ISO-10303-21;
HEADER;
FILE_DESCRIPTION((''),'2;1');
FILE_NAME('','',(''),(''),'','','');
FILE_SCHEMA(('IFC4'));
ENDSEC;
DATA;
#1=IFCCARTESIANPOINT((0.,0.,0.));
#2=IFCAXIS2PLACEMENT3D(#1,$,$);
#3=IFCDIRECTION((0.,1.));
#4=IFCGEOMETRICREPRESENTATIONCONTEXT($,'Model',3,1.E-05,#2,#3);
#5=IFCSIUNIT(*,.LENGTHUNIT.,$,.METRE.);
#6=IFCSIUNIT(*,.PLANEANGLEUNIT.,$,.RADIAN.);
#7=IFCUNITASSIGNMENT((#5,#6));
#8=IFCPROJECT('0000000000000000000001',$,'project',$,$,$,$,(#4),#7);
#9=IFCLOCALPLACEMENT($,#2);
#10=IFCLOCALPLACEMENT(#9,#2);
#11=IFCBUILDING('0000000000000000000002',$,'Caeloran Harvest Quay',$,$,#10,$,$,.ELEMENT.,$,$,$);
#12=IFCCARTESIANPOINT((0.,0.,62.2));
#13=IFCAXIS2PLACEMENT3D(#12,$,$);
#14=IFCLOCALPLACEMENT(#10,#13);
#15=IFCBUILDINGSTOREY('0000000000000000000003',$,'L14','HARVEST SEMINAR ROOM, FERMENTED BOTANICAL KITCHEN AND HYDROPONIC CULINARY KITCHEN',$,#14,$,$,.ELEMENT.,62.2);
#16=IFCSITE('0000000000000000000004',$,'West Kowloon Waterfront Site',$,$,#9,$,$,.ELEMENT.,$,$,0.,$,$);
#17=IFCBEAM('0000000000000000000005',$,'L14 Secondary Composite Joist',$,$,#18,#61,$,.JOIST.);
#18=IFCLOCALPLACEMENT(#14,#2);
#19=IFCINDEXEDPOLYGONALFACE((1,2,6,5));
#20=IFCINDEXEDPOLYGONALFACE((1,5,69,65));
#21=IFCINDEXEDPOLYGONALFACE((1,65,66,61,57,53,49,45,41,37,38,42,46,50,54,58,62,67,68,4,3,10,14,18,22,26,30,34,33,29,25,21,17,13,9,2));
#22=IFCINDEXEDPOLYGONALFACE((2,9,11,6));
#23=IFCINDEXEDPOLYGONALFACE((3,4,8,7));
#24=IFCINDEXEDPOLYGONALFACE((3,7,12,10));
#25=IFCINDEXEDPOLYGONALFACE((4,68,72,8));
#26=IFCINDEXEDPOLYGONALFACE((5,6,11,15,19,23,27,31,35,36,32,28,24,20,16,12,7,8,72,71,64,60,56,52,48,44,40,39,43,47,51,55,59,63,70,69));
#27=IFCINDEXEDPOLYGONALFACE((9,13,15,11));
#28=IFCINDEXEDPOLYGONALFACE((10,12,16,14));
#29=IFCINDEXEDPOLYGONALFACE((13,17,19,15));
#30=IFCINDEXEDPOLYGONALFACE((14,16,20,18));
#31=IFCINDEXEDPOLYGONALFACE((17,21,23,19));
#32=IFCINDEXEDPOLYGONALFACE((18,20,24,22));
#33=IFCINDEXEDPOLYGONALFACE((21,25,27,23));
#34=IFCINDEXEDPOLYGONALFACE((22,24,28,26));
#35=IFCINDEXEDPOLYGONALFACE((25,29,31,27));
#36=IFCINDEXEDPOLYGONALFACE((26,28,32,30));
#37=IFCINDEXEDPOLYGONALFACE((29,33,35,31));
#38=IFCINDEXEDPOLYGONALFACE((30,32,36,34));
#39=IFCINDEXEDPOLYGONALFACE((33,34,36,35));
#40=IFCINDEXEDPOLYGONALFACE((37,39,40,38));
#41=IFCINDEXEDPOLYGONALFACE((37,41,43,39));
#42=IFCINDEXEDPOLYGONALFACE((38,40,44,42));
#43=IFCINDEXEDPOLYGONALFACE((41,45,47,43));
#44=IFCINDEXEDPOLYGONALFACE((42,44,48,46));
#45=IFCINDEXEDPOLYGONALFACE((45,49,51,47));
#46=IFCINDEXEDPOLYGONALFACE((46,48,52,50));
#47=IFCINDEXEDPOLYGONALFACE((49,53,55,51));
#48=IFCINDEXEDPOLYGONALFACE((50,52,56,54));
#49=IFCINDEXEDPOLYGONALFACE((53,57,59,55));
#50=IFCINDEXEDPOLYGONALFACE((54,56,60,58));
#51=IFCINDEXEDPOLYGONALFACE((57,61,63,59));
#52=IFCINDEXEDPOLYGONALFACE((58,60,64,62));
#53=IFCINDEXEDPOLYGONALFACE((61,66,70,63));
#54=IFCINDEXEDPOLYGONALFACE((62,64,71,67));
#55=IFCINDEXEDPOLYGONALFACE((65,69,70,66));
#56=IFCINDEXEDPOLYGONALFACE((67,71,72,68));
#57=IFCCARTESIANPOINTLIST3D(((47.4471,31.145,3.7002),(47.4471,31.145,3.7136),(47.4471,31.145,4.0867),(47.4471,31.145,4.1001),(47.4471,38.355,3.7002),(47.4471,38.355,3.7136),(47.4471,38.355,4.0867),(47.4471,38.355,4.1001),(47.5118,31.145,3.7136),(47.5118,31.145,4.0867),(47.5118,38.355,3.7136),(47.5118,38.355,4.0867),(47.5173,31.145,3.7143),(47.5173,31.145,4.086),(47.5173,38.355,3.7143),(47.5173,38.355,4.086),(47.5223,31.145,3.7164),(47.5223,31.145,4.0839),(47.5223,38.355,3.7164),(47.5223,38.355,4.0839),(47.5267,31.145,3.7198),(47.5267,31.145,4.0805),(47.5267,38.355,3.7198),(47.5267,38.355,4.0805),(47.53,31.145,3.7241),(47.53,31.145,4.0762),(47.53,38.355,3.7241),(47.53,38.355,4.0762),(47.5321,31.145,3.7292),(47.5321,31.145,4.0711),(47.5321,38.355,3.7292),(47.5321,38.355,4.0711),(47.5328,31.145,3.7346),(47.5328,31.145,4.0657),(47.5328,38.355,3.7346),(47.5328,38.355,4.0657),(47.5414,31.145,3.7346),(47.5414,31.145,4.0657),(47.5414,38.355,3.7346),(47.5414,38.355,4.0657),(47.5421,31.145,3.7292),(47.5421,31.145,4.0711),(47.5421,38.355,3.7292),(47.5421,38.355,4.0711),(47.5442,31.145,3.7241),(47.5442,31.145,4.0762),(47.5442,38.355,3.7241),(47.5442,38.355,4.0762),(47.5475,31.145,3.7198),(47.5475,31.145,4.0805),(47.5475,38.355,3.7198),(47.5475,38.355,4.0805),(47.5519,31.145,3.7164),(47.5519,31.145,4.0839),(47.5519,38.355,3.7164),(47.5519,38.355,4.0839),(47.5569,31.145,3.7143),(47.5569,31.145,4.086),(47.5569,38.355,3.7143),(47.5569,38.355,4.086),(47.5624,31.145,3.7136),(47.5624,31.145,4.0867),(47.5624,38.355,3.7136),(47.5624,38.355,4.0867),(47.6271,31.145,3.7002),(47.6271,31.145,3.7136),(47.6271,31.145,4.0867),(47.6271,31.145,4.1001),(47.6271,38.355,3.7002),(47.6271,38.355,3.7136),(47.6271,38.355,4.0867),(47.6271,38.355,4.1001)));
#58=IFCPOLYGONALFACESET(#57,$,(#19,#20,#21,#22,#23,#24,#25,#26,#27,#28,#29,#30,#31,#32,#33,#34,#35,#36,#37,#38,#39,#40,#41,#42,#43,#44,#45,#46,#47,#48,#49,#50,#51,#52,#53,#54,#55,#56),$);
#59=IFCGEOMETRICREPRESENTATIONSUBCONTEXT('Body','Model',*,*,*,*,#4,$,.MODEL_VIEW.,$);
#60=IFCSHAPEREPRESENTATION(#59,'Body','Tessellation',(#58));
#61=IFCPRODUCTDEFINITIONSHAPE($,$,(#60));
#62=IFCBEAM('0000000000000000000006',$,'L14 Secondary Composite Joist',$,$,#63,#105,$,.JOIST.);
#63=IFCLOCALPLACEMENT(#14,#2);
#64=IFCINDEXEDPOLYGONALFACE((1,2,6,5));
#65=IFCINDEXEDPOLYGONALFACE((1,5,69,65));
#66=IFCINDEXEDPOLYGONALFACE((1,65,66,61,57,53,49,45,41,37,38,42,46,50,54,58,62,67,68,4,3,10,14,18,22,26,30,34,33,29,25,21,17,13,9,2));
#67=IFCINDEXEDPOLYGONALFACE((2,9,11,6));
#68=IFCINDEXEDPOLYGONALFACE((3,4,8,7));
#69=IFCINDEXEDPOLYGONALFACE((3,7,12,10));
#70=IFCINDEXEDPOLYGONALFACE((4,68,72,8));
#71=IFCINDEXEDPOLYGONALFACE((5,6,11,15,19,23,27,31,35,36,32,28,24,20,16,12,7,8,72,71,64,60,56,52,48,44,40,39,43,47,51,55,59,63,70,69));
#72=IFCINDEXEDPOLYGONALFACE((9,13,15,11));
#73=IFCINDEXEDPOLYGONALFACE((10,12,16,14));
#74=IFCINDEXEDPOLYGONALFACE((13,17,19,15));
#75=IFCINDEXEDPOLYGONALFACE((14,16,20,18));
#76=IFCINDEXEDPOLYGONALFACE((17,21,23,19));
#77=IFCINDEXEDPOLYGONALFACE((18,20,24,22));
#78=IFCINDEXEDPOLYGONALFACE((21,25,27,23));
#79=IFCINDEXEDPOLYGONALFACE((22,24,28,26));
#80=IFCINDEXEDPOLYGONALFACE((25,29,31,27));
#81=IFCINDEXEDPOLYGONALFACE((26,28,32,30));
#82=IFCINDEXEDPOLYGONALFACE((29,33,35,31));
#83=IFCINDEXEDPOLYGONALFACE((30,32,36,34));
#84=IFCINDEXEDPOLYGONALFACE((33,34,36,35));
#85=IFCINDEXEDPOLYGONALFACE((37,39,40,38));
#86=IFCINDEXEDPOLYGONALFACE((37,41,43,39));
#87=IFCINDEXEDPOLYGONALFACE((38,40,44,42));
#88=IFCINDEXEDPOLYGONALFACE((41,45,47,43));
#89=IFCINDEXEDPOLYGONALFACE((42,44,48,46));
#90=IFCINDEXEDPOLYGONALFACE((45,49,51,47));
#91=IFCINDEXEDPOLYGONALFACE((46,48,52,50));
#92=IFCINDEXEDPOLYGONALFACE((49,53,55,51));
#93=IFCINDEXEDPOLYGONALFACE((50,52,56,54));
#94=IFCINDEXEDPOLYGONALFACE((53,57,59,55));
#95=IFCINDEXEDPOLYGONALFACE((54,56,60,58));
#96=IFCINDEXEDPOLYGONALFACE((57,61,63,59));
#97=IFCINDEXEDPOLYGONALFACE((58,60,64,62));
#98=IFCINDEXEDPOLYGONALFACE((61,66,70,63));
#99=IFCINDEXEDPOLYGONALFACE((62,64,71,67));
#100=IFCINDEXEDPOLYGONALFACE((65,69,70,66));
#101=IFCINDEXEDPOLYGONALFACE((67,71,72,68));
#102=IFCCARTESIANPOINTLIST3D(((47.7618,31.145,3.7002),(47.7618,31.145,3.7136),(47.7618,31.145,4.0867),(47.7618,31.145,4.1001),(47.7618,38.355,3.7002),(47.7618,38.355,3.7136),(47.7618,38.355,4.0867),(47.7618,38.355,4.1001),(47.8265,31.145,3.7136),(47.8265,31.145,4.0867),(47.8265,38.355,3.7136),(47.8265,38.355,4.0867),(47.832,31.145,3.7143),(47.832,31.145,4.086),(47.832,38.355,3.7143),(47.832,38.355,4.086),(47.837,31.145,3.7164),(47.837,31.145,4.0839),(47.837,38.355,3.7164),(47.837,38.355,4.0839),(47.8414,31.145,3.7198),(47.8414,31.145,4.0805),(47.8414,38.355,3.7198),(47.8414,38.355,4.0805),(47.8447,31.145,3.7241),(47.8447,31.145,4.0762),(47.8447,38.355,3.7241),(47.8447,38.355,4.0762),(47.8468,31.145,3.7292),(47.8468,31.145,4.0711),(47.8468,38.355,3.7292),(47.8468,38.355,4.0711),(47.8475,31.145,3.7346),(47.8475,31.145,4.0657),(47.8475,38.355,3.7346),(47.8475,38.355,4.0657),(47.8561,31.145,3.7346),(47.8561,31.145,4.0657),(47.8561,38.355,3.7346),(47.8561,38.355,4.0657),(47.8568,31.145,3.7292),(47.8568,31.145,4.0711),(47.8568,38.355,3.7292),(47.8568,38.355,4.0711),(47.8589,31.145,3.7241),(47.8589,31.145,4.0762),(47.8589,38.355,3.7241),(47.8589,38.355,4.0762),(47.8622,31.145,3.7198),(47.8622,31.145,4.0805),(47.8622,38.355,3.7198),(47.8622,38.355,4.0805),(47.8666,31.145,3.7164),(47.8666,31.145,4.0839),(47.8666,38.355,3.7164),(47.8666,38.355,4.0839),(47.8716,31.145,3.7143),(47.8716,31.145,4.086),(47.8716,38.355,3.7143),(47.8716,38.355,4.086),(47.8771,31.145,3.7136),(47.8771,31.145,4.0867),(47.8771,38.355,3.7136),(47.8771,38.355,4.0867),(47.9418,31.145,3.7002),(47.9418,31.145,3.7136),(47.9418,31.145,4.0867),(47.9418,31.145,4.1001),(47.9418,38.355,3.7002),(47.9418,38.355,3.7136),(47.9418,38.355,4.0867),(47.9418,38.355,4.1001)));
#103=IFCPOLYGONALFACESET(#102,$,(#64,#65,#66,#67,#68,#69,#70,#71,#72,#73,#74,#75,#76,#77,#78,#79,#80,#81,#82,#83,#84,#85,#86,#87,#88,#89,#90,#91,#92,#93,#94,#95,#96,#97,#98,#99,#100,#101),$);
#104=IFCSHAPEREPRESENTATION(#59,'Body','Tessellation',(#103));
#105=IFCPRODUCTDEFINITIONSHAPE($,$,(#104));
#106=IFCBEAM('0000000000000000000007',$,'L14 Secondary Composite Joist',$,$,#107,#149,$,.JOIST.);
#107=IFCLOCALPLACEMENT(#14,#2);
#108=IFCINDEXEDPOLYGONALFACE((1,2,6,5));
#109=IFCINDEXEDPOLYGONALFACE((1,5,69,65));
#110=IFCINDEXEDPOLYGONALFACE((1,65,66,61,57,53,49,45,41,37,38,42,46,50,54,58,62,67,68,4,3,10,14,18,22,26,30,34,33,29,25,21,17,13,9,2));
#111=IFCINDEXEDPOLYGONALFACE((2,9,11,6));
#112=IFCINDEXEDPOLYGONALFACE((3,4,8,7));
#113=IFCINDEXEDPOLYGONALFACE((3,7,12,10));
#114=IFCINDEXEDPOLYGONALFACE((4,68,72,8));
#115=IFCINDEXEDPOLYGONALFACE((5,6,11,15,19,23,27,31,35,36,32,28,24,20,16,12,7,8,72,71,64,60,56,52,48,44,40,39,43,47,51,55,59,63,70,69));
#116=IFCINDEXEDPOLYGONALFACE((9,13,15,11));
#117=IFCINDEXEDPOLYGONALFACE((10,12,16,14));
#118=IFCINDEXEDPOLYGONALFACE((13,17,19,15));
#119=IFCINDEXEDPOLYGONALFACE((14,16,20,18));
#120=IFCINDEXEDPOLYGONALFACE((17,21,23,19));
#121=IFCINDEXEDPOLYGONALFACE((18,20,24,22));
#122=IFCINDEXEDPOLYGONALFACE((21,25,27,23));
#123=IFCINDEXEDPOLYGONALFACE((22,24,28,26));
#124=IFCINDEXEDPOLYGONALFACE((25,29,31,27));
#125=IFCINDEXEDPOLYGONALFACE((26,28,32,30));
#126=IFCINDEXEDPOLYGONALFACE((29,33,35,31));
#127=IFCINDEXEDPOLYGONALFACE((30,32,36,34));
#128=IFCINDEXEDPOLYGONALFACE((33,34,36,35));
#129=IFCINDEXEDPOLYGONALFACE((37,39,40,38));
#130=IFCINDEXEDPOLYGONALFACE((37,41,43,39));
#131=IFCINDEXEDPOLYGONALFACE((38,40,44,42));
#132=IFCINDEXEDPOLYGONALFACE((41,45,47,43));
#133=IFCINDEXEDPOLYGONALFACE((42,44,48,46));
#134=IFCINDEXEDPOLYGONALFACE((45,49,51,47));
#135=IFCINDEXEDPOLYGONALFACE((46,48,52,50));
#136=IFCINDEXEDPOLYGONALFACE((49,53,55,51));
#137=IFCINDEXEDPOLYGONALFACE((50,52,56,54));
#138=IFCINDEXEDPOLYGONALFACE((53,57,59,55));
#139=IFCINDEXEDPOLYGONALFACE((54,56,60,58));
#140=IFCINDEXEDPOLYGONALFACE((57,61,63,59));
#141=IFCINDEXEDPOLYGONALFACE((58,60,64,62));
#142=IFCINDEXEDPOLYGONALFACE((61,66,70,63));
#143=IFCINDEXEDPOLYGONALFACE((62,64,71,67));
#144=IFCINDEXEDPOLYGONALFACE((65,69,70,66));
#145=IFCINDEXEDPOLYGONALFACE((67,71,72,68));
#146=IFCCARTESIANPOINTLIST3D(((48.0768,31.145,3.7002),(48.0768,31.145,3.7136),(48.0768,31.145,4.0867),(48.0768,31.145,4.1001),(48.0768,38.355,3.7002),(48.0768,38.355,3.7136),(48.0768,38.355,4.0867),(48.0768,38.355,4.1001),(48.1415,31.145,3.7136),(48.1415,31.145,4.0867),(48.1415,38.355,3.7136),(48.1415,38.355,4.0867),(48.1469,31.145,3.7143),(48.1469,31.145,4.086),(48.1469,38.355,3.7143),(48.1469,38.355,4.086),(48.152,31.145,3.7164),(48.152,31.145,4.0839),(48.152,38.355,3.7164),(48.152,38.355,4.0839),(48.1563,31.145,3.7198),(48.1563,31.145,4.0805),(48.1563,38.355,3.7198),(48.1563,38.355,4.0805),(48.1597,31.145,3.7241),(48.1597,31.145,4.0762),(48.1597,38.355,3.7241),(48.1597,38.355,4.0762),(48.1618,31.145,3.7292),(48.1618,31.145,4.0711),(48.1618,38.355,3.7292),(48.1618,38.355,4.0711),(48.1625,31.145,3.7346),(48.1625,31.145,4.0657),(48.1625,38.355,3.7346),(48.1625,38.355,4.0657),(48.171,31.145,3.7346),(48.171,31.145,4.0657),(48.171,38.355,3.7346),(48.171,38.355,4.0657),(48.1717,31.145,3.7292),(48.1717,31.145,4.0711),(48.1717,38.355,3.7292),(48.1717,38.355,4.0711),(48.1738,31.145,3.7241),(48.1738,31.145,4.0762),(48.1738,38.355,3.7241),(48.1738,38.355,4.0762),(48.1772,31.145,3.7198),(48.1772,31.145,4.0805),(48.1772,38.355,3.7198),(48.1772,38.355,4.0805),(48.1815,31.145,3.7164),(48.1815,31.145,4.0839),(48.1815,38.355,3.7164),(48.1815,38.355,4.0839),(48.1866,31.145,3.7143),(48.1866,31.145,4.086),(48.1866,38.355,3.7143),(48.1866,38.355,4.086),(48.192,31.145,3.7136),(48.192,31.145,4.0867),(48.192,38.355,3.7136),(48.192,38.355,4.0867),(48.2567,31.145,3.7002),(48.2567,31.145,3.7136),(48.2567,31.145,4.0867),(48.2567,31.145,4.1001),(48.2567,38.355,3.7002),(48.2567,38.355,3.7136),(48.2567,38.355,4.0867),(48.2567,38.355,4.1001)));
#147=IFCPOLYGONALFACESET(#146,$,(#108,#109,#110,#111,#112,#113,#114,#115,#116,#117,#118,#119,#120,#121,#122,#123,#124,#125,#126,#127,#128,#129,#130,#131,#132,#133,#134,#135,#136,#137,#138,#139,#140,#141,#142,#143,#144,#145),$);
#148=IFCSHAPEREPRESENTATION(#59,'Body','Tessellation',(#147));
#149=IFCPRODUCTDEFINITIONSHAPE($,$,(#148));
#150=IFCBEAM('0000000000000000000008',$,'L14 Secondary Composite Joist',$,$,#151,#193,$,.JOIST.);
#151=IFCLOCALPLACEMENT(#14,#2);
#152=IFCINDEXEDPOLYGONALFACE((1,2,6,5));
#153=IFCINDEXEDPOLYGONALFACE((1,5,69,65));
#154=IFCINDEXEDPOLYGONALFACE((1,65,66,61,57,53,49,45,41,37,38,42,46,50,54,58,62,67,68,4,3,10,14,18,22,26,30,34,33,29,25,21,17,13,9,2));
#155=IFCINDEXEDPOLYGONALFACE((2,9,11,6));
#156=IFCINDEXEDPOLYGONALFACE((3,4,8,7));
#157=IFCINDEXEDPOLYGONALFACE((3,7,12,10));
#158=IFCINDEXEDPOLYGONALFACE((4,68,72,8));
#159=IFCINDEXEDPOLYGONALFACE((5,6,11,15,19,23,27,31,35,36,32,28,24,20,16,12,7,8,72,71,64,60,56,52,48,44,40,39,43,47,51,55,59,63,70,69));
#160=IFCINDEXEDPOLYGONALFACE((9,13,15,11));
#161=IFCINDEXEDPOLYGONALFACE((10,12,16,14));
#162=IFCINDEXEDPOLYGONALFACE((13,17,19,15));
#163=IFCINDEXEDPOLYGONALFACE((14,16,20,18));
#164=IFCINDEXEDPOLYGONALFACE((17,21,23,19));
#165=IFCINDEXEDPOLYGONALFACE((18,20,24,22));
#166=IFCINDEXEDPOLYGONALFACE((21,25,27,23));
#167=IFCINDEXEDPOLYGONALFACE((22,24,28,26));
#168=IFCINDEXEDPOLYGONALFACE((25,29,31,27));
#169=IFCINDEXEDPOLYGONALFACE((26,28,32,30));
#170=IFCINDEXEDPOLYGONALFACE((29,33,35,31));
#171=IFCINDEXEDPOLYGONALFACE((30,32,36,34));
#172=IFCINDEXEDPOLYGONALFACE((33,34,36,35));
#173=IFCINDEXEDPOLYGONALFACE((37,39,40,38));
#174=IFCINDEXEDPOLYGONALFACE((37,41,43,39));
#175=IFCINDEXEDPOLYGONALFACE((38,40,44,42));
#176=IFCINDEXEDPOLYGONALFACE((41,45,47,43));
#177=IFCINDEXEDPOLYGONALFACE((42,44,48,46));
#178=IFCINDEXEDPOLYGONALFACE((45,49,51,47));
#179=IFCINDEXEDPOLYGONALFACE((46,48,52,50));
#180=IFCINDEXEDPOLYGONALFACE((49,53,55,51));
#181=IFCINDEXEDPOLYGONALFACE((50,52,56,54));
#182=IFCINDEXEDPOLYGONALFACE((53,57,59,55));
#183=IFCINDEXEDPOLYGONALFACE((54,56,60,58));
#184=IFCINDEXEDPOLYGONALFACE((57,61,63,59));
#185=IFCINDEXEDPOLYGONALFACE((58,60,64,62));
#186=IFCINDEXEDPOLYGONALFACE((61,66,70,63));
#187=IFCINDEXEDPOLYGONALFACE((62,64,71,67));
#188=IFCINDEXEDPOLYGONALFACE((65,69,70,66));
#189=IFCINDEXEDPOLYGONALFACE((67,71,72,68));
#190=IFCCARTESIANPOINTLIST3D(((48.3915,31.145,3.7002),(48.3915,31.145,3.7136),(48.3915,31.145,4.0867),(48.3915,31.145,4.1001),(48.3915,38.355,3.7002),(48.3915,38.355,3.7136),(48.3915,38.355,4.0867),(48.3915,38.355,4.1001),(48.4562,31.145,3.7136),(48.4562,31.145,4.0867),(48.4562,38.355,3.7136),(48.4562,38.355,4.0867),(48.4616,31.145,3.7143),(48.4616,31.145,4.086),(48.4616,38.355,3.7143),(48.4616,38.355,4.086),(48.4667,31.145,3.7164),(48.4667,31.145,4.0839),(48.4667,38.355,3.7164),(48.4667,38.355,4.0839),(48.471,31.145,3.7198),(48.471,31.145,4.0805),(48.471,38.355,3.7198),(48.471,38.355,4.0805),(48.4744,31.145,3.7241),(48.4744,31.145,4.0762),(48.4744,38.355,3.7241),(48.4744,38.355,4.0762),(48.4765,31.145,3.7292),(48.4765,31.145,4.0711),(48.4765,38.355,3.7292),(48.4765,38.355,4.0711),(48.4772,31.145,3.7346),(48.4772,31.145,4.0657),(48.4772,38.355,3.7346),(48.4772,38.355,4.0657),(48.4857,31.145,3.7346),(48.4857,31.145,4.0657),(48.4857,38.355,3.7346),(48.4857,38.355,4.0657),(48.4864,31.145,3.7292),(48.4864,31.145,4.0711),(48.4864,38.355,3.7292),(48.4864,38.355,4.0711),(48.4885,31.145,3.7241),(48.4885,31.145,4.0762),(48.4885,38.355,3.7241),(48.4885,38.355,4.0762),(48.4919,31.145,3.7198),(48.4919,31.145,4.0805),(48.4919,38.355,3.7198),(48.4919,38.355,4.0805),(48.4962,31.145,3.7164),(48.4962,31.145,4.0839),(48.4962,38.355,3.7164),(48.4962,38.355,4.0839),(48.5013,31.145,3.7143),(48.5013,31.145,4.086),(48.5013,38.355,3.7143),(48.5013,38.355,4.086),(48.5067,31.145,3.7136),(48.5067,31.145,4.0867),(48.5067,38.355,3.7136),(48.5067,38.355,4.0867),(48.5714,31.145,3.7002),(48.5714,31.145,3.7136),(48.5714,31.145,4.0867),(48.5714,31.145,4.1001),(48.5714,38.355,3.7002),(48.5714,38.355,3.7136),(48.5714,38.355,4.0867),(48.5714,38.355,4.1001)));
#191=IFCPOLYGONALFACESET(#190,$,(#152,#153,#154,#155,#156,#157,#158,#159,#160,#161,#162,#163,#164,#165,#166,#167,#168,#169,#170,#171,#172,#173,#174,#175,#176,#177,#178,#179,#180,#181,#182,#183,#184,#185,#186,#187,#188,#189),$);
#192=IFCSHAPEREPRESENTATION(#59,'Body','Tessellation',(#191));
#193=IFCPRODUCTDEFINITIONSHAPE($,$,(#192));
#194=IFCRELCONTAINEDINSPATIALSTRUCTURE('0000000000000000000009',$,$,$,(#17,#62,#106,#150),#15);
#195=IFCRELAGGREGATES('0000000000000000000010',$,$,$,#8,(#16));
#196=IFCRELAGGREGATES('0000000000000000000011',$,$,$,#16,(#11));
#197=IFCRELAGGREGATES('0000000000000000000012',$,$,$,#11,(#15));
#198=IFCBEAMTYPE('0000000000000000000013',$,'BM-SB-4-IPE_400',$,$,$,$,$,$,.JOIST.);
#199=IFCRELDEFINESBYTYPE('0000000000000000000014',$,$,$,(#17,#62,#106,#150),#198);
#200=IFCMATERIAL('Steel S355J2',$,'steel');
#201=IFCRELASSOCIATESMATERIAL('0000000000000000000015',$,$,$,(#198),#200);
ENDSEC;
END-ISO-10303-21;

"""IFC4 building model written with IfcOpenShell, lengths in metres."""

from ifc_helpers import new_model, si_unit, direction, frame, origin, origin_2d, place, context, subcontext, project, spatial, i_section, extrude, material, material_profile, profile_set, type_object, element, save


model = new_model("IFC4")

# Units and contexts
model_context = context("Model", 3, precision=1e-05, world=origin(), true_north=direction((0.0, 1.0)))
body_context = subcontext(model_context, "Body", "Model", "MODEL_VIEW")
ifc_project = project(units=[si_unit("LENGTHUNIT", "METRE"), si_unit("PLANEANGLEUNIT", "RADIAN")], contexts=[model_context])

# Site, building, storey
site_placement = place(None, origin())
site = spatial("IfcSite", under=ifc_project, at=site_placement, Name="West Kowloon Waterfront Site", CompositionType="ELEMENT", RefElevation=0.0)
building_placement = place(site_placement, origin())
building = spatial("IfcBuilding", under=site, at=building_placement, Name="Caeloran Harvest Quay", CompositionType="ELEMENT")
storey_placement = place(building_placement, frame((0.0, 0.0, 62.2)))
storey = spatial("IfcBuildingStorey", under=building, at=storey_placement, Name="L14", Description="HARVEST SEMINAR ROOM, FERMENTED BOTANICAL KITCHEN AND HYDROPONIC CULINARY KITCHEN", CompositionType="ELEMENT", Elevation=62.2)

# Beams
ifc_material_1 = material(Name="Steel S355J2", Category="steel")
ifc_material_profile_1 = material_profile(ifc_material_1, i_section(OverallWidth=0.1799, OverallDepth=0.3999, WebThickness=0.0085, FlangeThickness=0.0134, FilletRadius=0.021, at=origin_2d()), Name="IPE 400")
ifc_profile_set_1 = profile_set([ifc_material_profile_1], Name="Steel S355J2")
beam_type_1 = type_object("IfcBeamType", Name="BM-SB-4-IPE_400", PredefinedType="JOIST", material=ifc_profile_set_1)
for number, where, z_axis, x_axis, name in (
    (1, (47.5371, 31.145, 3.9001), (0.0, 1.0, 0.0), (-1.0, 0.0, 0.0), "L14 Secondary Composite Joist"),
    (2, (47.8518, 31.145, 3.9001), (0.0, 1.0, 0.0), (-1.0, 0.0, 0.0), "L14 Secondary Composite Joist"),
    (3, (48.1667, 31.145, 3.9001), (0.0, 1.0, 0.0), (-1.0, 0.0, 0.0), "L14 Secondary Composite Joist"),
    (4, (48.4814, 31.145, 3.9001), (0.0, 1.0, 0.0), (-1.0, 0.0, 0.0), "L14 Secondary Composite Joist"),
):
    element("IfcBeam", number, at=place(storey_placement, frame(where, z_axis=z_axis, x_axis=x_axis)), inside=storey, type_object=beam_type_1, Name=name, PredefinedType="JOIST", context=body_context, shape_type="SweptSolid", body=[
        extrude(i_section(OverallWidth=0.1799, OverallDepth=0.3999, WebThickness=0.0085, FlangeThickness=0.0134, FilletRadius=0.021, at=origin_2d()), origin(), (0.0, 0.0, 1.0), 7.21),
    ])

save(model, "model.ifc")
